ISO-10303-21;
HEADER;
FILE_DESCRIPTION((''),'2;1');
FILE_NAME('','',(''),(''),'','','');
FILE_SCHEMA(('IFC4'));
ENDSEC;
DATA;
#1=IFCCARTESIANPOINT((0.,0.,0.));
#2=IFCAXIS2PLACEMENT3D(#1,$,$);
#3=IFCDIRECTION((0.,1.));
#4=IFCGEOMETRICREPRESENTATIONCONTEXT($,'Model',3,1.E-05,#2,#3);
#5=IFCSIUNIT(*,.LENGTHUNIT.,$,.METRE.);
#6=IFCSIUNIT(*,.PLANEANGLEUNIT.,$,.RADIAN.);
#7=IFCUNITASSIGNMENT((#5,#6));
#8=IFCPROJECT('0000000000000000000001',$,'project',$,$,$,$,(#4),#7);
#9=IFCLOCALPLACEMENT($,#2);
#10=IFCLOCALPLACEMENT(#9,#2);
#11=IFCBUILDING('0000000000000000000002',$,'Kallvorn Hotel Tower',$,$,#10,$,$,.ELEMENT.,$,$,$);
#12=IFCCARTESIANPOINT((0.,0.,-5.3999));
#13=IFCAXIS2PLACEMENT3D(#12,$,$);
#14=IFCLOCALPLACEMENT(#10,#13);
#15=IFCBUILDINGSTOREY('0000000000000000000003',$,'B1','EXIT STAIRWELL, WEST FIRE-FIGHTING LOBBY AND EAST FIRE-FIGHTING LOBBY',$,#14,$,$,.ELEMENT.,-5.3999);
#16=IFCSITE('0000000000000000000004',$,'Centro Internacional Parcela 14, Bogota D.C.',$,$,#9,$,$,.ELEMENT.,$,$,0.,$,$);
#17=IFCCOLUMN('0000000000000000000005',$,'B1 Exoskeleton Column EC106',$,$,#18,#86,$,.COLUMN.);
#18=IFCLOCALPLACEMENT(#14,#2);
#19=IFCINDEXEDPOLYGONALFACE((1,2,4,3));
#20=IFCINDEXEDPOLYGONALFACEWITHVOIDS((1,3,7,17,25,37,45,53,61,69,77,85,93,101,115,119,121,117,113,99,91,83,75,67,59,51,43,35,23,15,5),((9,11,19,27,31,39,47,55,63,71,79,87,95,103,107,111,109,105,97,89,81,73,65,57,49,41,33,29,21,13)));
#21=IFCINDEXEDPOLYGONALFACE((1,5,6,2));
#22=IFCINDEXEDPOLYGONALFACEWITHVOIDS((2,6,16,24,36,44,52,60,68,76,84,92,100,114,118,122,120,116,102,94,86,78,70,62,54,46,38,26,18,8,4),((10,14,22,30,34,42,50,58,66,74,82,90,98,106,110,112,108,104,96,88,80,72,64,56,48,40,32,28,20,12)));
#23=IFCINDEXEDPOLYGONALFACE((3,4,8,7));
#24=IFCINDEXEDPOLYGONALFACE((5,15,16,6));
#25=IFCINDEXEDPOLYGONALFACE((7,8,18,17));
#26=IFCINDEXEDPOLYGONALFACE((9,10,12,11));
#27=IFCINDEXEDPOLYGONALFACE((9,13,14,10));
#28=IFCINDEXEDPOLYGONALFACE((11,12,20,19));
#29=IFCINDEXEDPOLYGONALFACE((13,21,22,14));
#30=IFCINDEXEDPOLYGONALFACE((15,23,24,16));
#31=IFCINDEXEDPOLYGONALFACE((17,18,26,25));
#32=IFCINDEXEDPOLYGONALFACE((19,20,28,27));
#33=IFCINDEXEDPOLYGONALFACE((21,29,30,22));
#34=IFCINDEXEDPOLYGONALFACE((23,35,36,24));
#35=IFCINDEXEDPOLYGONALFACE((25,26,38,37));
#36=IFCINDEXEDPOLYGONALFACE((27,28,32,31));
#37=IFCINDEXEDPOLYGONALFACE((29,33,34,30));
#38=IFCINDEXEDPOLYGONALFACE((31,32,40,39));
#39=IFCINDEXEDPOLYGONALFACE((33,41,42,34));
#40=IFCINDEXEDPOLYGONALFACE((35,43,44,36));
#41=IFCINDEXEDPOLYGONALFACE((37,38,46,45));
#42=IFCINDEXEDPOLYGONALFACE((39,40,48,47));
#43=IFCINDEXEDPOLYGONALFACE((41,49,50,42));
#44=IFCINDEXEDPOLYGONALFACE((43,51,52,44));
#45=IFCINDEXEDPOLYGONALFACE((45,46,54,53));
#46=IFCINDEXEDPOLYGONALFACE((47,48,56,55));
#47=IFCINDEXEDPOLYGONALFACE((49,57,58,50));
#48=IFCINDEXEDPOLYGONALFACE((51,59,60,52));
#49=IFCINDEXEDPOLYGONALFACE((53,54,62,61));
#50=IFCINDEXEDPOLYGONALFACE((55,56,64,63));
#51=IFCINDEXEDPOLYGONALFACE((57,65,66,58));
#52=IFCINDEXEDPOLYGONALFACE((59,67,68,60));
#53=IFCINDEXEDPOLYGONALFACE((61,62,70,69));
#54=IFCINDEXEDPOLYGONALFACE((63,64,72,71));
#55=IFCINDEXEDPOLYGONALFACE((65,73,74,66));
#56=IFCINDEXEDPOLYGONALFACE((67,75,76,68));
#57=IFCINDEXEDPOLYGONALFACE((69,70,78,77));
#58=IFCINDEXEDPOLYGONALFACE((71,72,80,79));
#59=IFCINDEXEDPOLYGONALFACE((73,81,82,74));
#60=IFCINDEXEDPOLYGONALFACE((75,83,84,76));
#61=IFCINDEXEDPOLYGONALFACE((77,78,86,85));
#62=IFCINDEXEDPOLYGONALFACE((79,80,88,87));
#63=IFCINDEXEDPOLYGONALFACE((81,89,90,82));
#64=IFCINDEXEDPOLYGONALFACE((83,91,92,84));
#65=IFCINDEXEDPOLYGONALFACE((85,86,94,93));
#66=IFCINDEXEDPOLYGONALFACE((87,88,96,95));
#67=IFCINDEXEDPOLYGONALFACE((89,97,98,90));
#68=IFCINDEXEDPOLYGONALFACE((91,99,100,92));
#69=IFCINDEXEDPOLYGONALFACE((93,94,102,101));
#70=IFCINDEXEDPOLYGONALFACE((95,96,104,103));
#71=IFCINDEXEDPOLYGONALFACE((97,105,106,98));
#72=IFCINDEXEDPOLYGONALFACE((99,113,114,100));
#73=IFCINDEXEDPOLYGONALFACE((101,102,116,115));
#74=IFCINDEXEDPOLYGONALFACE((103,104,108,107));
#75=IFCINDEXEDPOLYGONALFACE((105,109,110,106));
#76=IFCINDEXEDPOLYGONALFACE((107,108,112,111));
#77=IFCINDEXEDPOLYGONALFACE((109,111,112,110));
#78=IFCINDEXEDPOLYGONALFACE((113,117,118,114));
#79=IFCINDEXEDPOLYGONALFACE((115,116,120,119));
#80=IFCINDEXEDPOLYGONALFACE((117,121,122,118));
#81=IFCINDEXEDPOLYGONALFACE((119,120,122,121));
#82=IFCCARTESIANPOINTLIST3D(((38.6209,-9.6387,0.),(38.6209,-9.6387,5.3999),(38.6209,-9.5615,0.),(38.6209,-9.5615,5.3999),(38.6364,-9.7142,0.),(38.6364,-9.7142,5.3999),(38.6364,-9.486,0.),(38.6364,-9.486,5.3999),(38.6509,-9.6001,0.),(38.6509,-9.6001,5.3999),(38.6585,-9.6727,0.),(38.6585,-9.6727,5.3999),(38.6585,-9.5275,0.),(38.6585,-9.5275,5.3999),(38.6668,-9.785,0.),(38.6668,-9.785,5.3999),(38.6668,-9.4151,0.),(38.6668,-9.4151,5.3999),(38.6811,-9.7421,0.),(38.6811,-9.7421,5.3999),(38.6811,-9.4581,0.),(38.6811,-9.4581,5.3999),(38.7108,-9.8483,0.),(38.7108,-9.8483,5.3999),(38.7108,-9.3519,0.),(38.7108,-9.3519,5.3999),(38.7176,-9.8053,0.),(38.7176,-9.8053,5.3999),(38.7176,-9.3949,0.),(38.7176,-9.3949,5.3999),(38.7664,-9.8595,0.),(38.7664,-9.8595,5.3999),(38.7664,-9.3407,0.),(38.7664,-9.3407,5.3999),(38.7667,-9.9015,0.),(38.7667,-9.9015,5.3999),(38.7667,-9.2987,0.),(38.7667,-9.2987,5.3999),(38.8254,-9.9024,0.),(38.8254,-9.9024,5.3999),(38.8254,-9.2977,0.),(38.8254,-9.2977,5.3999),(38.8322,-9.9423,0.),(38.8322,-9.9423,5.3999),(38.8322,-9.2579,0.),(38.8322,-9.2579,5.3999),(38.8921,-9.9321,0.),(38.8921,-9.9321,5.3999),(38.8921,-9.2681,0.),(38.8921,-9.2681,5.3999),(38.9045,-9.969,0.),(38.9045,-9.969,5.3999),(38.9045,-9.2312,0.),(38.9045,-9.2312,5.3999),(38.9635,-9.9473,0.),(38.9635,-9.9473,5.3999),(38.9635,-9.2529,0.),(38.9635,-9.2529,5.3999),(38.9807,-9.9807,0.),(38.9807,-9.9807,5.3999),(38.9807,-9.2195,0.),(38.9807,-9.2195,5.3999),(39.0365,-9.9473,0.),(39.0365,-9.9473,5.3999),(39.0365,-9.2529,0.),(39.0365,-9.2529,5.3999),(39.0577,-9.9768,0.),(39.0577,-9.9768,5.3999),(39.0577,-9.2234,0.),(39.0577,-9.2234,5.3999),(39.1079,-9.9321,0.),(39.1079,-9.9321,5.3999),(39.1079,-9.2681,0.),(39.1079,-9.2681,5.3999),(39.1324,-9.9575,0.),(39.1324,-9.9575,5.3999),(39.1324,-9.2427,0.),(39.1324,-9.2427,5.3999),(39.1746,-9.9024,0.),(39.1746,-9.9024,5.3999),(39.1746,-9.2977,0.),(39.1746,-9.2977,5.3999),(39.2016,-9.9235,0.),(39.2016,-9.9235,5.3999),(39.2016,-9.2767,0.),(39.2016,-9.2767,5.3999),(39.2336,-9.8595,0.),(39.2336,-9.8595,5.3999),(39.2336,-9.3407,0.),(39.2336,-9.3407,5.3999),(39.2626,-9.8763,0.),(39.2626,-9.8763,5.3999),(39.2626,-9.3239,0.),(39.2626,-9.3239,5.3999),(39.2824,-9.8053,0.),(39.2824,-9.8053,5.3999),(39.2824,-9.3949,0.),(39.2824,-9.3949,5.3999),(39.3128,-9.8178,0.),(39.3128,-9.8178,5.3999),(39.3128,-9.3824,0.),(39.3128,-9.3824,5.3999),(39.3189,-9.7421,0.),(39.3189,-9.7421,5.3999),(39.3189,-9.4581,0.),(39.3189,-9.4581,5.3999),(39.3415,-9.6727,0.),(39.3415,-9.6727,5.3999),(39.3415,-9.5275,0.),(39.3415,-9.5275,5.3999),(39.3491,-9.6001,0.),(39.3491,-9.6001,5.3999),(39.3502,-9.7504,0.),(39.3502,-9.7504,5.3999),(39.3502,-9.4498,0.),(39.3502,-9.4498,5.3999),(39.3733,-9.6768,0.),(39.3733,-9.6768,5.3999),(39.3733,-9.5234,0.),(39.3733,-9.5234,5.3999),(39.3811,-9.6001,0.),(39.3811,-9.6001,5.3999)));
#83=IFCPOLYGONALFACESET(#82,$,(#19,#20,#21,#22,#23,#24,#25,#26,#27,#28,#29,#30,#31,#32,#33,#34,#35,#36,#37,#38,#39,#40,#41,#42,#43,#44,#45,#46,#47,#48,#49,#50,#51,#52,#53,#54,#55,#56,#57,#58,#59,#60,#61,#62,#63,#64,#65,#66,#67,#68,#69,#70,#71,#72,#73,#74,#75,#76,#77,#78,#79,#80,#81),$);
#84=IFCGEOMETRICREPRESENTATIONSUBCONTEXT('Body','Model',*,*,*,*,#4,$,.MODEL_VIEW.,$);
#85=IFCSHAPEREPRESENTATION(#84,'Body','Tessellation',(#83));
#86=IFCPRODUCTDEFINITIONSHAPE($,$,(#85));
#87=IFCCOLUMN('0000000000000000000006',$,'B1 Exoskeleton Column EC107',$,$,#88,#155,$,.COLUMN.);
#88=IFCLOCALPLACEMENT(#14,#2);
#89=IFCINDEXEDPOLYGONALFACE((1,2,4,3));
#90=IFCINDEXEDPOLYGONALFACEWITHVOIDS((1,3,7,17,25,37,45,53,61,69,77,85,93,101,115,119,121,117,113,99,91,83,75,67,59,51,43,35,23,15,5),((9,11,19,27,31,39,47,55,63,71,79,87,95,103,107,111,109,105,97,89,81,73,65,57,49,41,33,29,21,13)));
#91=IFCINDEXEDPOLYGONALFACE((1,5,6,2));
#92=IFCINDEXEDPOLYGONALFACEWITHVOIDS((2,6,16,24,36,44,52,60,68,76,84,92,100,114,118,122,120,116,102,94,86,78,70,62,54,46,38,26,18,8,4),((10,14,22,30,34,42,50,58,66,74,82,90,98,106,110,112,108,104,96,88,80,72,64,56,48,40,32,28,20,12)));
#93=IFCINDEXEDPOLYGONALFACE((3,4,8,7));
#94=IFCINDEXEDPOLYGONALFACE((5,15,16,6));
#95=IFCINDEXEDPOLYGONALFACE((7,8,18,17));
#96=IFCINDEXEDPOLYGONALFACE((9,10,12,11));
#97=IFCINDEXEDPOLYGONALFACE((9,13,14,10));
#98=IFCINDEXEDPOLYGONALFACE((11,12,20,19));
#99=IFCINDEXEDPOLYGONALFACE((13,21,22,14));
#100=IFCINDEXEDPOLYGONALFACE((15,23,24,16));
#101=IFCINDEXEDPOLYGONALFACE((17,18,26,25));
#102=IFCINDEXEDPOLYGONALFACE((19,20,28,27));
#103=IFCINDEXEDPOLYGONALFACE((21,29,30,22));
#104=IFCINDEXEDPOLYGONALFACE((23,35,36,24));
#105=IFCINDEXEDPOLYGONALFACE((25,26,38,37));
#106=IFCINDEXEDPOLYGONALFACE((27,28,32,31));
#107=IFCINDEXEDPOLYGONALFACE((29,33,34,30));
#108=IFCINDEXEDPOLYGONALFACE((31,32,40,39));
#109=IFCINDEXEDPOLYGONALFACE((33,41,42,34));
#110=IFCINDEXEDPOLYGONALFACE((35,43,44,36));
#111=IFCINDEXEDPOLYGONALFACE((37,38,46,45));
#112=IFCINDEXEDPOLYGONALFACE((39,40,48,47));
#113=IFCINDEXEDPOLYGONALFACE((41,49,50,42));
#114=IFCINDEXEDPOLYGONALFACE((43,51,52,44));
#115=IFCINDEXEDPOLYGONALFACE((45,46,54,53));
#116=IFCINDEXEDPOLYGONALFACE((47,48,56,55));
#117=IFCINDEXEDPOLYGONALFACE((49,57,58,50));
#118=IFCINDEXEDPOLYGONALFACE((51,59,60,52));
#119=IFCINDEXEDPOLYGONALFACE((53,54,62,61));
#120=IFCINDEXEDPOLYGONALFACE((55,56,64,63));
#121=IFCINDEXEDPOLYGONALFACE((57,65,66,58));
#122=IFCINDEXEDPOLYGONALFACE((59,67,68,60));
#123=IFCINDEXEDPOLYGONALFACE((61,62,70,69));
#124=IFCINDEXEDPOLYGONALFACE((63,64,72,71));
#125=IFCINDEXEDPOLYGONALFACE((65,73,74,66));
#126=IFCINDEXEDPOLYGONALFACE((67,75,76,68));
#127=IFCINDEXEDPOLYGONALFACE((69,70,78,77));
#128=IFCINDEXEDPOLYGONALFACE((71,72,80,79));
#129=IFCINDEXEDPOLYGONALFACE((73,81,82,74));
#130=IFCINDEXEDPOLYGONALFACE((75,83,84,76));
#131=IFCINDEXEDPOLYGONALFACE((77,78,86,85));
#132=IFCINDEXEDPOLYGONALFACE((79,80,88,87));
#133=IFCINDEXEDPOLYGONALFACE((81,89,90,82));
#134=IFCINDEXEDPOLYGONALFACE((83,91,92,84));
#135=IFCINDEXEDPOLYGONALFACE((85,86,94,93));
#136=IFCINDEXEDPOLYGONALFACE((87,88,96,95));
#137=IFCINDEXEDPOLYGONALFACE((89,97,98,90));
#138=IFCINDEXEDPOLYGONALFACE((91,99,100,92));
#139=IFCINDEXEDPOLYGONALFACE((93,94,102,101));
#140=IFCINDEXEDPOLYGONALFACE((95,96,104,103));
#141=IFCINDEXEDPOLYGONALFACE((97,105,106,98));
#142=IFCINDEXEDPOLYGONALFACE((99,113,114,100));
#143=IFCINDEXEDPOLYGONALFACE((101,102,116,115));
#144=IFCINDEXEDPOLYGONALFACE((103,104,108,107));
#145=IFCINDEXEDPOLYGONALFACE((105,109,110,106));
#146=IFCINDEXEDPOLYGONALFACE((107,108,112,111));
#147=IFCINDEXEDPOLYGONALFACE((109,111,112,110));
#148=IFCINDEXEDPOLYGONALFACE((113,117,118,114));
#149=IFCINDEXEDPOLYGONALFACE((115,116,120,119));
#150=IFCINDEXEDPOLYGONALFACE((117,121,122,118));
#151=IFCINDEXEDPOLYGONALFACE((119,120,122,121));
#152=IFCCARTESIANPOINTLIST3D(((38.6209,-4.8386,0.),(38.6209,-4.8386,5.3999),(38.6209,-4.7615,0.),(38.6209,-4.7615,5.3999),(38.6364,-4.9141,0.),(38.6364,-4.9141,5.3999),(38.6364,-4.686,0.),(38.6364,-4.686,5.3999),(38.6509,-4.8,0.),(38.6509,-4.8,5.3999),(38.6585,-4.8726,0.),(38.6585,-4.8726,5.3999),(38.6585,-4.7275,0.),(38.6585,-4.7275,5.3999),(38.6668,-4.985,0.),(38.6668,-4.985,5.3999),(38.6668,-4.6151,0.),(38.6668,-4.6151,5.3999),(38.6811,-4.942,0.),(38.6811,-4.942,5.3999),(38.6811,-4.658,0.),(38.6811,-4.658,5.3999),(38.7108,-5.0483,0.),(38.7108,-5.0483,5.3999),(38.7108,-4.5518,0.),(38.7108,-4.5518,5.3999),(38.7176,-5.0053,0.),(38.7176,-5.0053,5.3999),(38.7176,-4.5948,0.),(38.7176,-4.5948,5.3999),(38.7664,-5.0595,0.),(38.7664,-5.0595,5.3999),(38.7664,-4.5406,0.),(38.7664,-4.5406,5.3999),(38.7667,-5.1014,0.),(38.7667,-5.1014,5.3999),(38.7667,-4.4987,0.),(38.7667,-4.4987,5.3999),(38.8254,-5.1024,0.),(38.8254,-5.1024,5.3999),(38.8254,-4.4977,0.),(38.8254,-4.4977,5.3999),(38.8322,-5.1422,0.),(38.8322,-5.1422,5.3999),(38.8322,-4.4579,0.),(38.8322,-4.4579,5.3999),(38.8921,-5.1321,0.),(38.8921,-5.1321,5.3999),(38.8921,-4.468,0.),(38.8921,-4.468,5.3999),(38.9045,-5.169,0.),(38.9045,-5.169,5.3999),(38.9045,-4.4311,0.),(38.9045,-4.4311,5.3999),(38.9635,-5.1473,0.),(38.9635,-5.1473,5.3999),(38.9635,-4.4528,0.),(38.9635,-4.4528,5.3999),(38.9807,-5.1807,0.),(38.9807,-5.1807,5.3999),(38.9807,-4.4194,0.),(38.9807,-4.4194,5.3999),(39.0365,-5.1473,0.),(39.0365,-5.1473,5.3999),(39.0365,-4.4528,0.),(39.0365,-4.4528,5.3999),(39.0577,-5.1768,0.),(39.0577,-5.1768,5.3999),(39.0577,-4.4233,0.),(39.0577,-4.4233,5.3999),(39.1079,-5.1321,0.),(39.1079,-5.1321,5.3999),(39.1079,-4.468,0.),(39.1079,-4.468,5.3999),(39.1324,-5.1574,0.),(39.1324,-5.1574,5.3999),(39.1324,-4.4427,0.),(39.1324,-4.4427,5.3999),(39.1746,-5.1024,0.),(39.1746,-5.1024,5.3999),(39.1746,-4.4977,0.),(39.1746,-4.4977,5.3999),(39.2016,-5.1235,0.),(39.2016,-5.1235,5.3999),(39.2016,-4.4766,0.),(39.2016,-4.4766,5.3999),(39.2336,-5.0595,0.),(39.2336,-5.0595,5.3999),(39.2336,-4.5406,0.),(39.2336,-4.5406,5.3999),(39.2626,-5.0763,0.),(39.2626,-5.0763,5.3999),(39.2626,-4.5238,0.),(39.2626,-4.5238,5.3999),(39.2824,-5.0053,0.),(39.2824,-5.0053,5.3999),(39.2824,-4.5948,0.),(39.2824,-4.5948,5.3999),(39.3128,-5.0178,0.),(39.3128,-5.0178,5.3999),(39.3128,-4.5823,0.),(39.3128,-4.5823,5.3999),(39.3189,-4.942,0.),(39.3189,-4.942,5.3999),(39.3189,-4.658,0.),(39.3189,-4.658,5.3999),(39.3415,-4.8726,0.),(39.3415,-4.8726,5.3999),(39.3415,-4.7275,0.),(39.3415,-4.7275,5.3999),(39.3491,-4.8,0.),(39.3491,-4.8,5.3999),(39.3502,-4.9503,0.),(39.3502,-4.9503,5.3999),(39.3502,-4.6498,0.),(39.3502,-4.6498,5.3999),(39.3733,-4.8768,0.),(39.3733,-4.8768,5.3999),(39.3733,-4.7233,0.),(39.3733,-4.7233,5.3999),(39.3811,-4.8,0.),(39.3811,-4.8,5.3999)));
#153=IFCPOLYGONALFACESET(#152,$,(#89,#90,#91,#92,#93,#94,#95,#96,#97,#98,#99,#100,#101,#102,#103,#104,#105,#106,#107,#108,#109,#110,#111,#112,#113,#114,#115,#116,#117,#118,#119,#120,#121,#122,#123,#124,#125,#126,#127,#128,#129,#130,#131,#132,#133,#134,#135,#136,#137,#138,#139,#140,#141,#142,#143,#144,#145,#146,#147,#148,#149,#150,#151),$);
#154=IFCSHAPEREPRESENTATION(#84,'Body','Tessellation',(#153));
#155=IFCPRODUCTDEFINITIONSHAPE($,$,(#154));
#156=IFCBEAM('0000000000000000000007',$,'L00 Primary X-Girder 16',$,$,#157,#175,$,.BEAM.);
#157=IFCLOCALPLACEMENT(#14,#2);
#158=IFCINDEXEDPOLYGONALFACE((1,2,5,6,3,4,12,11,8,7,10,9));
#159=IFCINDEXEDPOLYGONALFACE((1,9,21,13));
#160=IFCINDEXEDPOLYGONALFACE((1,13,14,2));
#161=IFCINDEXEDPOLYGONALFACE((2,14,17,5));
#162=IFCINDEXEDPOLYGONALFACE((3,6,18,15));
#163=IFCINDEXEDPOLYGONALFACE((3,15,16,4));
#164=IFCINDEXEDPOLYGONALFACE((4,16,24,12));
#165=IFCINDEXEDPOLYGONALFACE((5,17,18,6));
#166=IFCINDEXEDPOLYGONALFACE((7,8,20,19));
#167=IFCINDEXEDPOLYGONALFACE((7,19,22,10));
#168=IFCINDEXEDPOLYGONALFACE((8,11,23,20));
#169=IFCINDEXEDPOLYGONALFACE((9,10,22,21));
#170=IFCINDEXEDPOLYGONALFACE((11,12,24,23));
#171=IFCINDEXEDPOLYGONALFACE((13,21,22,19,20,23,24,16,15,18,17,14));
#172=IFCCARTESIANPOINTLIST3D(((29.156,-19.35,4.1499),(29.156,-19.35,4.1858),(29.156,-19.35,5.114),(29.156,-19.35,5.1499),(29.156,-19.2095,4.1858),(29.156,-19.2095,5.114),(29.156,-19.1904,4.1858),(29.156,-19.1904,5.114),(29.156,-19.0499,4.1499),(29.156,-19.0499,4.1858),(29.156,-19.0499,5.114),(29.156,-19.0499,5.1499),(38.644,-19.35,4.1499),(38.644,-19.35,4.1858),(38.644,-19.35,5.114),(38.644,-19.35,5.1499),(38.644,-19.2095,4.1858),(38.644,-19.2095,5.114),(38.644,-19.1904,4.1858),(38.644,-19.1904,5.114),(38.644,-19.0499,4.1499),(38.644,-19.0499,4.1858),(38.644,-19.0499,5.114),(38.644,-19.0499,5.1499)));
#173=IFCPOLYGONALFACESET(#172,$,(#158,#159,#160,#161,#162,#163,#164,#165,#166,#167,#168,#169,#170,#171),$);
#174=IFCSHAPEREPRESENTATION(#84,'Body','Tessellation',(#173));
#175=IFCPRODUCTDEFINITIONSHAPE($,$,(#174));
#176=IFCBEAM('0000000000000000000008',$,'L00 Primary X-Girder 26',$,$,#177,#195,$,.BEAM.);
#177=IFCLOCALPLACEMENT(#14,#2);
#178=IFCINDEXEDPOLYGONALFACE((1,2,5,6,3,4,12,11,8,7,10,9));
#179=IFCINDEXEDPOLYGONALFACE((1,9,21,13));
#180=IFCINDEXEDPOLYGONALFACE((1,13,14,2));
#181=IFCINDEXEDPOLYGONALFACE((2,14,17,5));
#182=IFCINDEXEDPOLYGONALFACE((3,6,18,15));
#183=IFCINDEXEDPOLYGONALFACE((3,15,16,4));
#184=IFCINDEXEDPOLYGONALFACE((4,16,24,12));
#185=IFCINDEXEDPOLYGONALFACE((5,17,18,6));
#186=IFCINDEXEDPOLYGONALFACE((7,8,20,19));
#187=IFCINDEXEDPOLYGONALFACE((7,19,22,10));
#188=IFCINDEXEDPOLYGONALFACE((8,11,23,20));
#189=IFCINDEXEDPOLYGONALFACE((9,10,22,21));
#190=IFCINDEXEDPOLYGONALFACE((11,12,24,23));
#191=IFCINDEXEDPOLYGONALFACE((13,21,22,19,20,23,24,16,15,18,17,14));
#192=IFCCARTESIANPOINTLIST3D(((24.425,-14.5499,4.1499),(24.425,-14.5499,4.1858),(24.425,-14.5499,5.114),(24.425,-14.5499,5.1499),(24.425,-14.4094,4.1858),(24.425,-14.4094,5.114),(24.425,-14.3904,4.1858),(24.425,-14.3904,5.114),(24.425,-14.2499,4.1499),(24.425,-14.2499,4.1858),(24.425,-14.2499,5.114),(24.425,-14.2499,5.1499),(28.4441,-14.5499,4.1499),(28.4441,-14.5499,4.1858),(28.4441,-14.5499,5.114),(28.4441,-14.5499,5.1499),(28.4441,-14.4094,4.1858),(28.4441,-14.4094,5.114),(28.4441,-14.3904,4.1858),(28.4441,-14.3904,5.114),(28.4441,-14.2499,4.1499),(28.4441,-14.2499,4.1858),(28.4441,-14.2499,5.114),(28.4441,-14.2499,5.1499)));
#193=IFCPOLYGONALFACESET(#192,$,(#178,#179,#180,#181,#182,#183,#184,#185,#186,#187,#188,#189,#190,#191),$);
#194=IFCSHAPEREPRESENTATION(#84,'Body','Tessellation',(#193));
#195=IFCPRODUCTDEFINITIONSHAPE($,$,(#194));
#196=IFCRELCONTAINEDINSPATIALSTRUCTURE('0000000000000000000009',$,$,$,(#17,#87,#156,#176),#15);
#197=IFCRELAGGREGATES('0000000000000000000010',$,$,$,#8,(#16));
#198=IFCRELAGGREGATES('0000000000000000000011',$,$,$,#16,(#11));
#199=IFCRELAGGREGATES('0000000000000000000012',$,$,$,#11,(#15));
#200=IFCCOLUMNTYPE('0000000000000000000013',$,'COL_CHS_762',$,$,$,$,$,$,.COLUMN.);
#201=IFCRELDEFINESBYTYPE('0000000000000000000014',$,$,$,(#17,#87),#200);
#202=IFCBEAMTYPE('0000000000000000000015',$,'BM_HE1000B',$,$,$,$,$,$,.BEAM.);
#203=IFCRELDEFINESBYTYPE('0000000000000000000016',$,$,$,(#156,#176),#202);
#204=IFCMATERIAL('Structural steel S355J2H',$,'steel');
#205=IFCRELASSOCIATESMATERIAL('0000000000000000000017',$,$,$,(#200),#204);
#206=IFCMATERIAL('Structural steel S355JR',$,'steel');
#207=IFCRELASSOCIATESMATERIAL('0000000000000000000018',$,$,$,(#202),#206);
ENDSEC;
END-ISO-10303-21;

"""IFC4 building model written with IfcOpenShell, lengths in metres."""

from ifc_helpers import new_model, si_unit, direction, frame, origin, origin_2d, place, context, subcontext, project, spatial, hollow_circle, i_section, extrude, material, material_profile, profile_set, type_object, element, save


model = new_model("IFC4")

# Units and contexts
model_context = context("Model", 3, precision=1e-05, world=origin(), true_north=direction((0.0, 1.0)))
body_context = subcontext(model_context, "Body", "Model", "MODEL_VIEW")
ifc_project = project(units=[si_unit("LENGTHUNIT", "METRE"), si_unit("PLANEANGLEUNIT", "RADIAN")], contexts=[model_context])

# Site, building, storey
site_placement = place(None, origin())
site = spatial("IfcSite", under=ifc_project, at=site_placement, Name="Centro Internacional Parcela 14, Bogota D.C.", CompositionType="ELEMENT", RefElevation=0.0)
building_placement = place(site_placement, origin())
building = spatial("IfcBuilding", under=site, at=building_placement, Name="Kallvorn Hotel Tower", CompositionType="ELEMENT")
storey_placement = place(building_placement, frame((0.0, 0.0, -5.3999)))
storey = spatial("IfcBuildingStorey", under=building, at=storey_placement, Name="B1", Description="EXIT STAIRWELL, WEST FIRE-FIGHTING LOBBY AND EAST FIRE-FIGHTING LOBBY", CompositionType="ELEMENT", Elevation=-5.3999)

# Columns
ifc_material_1 = material(Name="Structural steel S355J2H", Category="steel")
ifc_material_profile_1 = material_profile(ifc_material_1, hollow_circle(Radius=0.3811, WallThickness=0.032, at=origin_2d()), Name="CHS 762x32")
ifc_profile_set_1 = profile_set([ifc_material_profile_1], Name="Structural steel S355J2H")
column_type = type_object("IfcColumnType", Name="COL_CHS_762", PredefinedType="COLUMN", material=ifc_profile_set_1)
for number, where, z_axis, x_axis, name in (
    (1, (39.0, -9.6001, 0.0), (0.0, 0.0, 1.0), (1.0, 0.0, 0.0), "B1 Exoskeleton Column EC106"),
    (2, (39.0, -4.8, 0.0), (0.0, 0.0, 1.0), (1.0, 0.0, 0.0), "B1 Exoskeleton Column EC107"),
):
    element("IfcColumn", number, at=place(storey_placement, frame(where, z_axis=z_axis, x_axis=x_axis)), inside=storey, type_object=column_type, Name=name, PredefinedType="COLUMN", context=body_context, shape_type="SweptSolid", body=[
        extrude(hollow_circle(Radius=0.3811, WallThickness=0.032, at=origin_2d()), origin(), (0.0, 0.0, 1.0), 5.3999),
    ])

# Beams
ifc_material_2 = material(Name="Structural steel S355JR", Category="steel")
ifc_material_profile_2 = material_profile(ifc_material_2, i_section(OverallWidth=0.3, OverallDepth=1.0, WebThickness=0.019, FlangeThickness=0.0359, at=origin_2d()), Name="HE 1000 B")
ifc_profile_set_2 = profile_set([ifc_material_profile_2], Name="Structural steel S355JR")
beam_type_1 = type_object("IfcBeamType", Name="BM_HE1000B", PredefinedType="BEAM", material=ifc_profile_set_2)
beam_1_placement = place(storey_placement, frame((29.156, -19.2, 4.6499), z_axis=(1.0, 0.0, 0.0), x_axis=(0.0, 1.0, 0.0)))
element("IfcBeam", 3, at=beam_1_placement, inside=storey, type_object=beam_type_1, Name="L00 Primary X-Girder 16", PredefinedType="BEAM", context=body_context, shape_type="SweptSolid", body=[
    extrude(i_section(OverallWidth=0.3, OverallDepth=1.0, WebThickness=0.019, FlangeThickness=0.0359, at=origin_2d()), origin(), (0.0, 0.0, 1.0), 9.488),
])
beam_2_placement = place(storey_placement, frame((24.425, -14.3999, 4.6499), z_axis=(1.0, 0.0, 0.0), x_axis=(0.0, 1.0, 0.0)))
element("IfcBeam", 4, at=beam_2_placement, inside=storey, type_object=beam_type_1, Name="L00 Primary X-Girder 26", PredefinedType="BEAM", context=body_context, shape_type="SweptSolid", body=[
    extrude(i_section(OverallWidth=0.3, OverallDepth=1.0, WebThickness=0.019, FlangeThickness=0.0359, at=origin_2d()), origin(), (0.0, 0.0, 1.0), 4.019),
])

save(model, "model.ifc")
